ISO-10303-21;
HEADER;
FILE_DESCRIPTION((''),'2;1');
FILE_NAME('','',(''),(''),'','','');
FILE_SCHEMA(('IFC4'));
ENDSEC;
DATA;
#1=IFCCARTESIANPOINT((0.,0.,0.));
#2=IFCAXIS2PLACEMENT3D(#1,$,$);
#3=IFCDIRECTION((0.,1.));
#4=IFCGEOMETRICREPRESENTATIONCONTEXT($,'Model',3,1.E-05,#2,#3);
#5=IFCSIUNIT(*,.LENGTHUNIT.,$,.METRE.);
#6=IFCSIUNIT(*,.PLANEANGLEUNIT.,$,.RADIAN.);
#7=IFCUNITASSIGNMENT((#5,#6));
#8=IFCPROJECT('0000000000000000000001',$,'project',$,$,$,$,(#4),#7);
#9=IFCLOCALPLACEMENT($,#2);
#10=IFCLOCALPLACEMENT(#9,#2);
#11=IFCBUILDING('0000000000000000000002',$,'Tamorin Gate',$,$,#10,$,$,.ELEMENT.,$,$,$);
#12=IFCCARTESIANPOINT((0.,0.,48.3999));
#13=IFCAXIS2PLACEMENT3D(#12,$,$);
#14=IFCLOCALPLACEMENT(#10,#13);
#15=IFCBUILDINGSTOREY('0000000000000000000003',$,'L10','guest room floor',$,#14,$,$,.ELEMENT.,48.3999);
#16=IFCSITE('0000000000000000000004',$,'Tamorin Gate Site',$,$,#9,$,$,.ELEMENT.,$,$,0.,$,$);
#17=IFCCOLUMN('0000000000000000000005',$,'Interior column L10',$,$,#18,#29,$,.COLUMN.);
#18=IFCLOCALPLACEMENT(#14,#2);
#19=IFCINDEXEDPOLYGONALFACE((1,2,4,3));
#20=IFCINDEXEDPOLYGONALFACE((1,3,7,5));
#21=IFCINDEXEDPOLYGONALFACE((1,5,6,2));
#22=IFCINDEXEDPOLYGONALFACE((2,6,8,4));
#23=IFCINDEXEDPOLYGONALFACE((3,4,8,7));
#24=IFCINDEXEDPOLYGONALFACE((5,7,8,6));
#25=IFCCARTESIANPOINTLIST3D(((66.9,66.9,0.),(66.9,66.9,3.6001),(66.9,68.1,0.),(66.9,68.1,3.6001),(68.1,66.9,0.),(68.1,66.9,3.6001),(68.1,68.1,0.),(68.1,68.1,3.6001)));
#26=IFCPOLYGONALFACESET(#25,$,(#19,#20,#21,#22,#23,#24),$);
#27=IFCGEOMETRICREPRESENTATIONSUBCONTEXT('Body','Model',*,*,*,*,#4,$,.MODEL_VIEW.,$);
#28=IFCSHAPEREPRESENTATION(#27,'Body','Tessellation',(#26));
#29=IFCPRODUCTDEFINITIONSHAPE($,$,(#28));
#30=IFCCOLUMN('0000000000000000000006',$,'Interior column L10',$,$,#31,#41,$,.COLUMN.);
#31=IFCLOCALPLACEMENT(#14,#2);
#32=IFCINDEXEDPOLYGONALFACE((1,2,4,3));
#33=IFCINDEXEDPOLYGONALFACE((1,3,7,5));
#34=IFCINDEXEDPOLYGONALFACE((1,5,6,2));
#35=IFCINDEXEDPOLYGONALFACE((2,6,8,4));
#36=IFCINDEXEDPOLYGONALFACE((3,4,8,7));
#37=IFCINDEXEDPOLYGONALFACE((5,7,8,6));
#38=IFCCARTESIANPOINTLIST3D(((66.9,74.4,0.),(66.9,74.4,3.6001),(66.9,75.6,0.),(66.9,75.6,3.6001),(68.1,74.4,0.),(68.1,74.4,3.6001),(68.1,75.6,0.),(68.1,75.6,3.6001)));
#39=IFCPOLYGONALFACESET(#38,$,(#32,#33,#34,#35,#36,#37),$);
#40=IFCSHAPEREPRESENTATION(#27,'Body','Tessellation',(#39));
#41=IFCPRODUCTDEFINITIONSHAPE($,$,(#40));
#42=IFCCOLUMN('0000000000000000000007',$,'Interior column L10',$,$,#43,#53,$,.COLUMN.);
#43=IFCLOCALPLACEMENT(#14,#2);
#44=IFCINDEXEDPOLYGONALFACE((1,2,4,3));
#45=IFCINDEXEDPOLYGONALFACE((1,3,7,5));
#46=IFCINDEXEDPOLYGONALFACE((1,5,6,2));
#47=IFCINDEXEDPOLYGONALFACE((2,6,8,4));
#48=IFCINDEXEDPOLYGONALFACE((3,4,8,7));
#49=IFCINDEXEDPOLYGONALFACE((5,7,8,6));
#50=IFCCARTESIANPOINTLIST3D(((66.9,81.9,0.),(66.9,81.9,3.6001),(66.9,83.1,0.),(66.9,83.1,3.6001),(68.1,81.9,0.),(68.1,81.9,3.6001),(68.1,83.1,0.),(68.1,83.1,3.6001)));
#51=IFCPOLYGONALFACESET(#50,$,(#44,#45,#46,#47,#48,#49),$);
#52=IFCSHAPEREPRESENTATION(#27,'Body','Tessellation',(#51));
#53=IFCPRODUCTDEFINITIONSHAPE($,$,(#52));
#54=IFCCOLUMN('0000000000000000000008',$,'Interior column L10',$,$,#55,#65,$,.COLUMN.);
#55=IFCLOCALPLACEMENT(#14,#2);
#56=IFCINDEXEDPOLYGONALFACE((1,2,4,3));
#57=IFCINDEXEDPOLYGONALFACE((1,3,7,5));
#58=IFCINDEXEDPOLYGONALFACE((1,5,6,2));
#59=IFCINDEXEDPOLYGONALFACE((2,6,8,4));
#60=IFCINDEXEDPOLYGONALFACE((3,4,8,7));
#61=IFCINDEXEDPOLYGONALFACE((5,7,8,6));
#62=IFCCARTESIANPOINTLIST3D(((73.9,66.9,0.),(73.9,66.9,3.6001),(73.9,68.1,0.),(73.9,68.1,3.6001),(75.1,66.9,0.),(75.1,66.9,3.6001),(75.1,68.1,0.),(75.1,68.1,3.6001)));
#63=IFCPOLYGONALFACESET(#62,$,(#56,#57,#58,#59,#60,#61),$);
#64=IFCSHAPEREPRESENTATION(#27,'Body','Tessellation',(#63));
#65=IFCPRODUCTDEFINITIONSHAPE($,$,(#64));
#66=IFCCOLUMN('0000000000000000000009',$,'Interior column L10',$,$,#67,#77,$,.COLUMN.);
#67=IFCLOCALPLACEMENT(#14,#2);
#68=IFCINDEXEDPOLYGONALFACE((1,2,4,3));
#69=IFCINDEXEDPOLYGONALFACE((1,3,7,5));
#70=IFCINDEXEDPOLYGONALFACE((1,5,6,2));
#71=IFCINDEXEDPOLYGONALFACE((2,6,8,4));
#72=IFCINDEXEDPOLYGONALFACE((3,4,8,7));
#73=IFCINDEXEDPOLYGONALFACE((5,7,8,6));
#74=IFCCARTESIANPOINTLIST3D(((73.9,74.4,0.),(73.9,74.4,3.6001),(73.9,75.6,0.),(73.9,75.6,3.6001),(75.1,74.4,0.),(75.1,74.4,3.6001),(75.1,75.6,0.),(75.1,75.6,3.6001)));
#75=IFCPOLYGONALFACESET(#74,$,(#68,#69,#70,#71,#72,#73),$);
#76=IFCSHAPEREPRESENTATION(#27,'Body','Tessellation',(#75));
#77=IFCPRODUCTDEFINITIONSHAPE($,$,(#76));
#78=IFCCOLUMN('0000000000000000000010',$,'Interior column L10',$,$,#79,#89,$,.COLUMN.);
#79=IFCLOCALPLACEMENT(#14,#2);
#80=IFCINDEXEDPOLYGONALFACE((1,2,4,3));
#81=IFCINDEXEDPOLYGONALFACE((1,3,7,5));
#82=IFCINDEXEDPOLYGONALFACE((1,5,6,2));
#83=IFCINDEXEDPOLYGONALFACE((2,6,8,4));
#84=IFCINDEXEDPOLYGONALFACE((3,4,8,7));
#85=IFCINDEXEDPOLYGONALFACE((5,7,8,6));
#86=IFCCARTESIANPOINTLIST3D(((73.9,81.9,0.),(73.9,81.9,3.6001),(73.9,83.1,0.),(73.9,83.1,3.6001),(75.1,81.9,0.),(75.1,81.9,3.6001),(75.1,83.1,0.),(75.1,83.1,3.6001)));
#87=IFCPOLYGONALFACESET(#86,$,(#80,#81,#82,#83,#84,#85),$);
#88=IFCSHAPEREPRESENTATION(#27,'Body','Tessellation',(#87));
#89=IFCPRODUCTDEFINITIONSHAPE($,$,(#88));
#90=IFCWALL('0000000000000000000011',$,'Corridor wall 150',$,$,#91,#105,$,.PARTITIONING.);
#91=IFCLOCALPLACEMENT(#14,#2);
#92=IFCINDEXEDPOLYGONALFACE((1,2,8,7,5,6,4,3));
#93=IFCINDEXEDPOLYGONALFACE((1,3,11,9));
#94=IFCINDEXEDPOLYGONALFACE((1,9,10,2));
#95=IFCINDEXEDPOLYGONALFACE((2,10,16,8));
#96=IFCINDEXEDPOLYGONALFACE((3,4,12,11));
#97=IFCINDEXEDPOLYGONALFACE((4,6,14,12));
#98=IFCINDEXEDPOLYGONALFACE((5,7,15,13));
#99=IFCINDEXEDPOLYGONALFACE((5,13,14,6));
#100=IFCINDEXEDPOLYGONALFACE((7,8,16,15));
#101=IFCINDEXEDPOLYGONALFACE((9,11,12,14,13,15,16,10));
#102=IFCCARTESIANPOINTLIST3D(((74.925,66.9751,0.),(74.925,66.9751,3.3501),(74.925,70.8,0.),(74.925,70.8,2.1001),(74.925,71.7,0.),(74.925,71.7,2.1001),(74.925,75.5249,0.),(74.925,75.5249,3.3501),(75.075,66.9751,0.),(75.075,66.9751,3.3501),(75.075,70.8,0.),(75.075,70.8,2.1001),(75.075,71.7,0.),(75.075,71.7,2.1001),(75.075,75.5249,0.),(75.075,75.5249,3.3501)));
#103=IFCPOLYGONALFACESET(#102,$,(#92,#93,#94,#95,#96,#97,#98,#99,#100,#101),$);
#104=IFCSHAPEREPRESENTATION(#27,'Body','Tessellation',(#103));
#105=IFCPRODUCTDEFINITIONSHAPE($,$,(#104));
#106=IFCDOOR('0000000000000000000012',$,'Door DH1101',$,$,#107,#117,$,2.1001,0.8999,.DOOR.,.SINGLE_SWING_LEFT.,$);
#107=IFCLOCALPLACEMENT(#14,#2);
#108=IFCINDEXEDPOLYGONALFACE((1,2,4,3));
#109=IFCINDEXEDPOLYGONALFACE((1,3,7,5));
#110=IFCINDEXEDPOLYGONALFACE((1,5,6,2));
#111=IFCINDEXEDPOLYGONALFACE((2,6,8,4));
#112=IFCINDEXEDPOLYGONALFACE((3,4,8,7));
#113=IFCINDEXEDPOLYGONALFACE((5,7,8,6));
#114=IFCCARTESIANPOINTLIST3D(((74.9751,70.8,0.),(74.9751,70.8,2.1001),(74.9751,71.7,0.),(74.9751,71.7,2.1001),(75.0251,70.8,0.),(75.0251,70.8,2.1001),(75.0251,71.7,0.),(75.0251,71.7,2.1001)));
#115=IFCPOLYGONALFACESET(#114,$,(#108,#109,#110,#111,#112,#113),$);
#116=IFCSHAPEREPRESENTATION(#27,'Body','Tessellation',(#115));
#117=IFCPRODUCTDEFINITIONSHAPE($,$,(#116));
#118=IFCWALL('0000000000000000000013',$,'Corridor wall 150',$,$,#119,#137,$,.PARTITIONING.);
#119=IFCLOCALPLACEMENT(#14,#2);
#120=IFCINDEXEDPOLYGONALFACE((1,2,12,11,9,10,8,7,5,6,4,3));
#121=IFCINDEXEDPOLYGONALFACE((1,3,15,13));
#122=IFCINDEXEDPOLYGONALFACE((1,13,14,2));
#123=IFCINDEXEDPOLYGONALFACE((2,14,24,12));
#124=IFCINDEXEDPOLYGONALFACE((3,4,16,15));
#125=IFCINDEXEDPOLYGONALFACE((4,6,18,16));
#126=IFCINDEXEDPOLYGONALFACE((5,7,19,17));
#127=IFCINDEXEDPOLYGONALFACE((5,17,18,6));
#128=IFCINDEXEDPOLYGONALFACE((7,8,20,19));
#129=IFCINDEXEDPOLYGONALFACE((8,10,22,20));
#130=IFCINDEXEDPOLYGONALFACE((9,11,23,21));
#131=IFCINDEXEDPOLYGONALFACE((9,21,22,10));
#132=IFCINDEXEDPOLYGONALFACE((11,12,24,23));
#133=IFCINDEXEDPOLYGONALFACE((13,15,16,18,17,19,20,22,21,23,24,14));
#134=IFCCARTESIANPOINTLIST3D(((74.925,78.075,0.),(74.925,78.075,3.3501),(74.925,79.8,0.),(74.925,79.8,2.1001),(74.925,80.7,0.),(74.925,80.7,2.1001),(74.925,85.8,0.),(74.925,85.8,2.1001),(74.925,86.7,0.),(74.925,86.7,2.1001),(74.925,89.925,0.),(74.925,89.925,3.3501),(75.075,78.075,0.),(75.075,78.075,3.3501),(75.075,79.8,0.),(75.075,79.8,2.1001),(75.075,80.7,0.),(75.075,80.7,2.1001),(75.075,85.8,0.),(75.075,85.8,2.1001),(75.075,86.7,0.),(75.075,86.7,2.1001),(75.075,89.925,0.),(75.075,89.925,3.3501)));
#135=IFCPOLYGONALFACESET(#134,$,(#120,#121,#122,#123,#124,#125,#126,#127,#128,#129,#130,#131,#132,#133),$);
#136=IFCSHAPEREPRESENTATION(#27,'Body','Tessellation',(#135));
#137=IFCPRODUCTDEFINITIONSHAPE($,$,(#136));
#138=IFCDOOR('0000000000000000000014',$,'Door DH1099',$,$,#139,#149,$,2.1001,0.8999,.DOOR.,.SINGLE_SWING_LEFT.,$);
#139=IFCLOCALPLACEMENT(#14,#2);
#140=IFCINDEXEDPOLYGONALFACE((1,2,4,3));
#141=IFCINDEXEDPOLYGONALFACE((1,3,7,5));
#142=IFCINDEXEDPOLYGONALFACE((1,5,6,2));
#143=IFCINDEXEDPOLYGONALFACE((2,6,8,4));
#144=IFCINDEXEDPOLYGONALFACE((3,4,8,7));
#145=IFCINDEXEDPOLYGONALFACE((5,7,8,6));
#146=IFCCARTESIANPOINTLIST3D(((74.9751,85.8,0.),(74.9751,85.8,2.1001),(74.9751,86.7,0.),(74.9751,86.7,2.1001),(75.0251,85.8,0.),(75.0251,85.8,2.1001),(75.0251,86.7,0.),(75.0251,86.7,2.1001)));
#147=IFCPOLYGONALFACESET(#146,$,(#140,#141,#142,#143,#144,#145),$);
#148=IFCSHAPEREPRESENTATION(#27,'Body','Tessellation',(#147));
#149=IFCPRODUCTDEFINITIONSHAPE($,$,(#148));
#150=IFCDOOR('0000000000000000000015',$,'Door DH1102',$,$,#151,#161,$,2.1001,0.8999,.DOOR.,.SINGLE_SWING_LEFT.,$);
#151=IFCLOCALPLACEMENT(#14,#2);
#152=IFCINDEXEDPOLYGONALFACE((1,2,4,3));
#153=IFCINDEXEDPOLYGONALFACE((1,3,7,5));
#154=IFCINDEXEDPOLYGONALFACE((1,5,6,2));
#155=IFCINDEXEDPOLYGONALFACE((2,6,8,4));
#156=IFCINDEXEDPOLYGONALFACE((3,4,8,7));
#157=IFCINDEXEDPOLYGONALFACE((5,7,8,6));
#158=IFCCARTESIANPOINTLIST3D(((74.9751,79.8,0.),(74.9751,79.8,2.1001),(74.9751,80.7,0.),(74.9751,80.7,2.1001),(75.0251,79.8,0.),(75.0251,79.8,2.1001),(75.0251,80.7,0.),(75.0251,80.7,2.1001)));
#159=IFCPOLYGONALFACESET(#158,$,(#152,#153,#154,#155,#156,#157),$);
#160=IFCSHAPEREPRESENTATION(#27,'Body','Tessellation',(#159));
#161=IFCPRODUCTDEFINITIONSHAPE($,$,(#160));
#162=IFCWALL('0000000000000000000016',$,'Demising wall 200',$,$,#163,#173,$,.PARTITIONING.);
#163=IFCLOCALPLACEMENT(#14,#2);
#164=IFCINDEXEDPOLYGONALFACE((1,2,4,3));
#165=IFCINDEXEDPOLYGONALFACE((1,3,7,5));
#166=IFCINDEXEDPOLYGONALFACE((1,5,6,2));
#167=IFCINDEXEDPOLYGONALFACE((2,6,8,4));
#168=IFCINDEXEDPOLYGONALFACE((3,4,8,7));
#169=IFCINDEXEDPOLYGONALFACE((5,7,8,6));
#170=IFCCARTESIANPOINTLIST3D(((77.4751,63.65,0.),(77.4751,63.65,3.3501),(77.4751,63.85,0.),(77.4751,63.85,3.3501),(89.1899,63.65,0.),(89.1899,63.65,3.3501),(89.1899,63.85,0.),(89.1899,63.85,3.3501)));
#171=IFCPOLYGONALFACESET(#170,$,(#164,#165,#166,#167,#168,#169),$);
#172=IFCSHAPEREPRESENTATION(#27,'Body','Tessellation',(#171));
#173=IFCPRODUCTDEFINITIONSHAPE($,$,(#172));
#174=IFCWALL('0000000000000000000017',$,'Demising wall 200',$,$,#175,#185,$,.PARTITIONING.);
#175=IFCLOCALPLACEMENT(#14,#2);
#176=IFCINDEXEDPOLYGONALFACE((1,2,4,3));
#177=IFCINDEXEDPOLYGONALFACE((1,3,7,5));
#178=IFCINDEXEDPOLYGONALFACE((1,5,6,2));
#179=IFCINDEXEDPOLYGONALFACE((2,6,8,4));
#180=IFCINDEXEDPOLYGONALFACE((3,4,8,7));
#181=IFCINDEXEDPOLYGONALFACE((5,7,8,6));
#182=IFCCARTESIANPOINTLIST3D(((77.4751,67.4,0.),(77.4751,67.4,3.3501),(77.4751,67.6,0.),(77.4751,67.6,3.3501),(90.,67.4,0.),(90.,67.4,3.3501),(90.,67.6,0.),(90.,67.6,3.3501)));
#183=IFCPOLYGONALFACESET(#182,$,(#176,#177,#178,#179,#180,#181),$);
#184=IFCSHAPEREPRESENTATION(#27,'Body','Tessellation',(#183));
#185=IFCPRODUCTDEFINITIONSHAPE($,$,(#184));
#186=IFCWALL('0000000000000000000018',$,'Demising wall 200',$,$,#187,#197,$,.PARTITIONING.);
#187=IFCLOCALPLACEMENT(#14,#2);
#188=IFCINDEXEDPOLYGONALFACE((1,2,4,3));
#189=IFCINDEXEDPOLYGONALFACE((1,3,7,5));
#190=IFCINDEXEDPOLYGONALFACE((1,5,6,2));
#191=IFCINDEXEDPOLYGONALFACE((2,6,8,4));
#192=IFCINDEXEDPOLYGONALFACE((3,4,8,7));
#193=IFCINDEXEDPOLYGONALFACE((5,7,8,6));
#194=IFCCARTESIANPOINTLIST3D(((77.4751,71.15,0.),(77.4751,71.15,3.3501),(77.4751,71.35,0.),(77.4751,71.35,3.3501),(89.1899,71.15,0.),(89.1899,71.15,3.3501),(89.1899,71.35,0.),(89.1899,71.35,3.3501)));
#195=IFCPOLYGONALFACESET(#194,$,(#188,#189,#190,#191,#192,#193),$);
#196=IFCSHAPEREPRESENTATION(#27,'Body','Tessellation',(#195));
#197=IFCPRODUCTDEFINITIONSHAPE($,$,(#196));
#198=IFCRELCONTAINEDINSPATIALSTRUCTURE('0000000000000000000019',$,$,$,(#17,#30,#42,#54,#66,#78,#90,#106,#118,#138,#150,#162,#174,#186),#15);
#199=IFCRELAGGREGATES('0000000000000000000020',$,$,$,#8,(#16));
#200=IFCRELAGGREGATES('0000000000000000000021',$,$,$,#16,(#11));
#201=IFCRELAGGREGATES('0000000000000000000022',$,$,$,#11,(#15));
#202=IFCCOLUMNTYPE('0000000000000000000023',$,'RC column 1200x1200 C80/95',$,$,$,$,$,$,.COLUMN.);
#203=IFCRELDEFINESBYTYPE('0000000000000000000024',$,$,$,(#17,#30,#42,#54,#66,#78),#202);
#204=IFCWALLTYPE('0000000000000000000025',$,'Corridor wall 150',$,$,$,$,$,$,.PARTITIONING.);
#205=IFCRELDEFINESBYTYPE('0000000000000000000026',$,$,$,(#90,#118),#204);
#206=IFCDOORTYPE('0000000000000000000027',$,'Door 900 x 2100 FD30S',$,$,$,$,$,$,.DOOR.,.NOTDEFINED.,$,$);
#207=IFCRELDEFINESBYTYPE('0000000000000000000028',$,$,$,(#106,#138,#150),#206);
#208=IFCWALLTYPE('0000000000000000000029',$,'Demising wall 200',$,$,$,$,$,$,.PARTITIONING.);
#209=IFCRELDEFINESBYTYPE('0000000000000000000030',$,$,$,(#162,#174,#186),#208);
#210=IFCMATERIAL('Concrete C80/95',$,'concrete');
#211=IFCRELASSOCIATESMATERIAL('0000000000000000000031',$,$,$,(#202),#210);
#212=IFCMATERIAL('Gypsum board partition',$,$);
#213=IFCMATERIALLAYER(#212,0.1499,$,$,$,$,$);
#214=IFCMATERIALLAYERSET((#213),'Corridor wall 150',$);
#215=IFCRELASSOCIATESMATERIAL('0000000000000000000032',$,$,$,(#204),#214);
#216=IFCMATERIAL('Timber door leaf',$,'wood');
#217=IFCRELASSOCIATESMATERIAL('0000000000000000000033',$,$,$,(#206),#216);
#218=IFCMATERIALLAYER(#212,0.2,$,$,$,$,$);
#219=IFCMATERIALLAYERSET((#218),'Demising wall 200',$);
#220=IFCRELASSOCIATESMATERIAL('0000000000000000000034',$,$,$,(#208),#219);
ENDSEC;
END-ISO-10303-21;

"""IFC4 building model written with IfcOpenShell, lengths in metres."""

from ifc_helpers import new_model, si_unit, direction, frame, frame_2d, origin, origin_2d, place, context, subcontext, project, spatial, rectangle, extrude, material, layer, layer_set, material_profile, profile_set, type_object, element, fill, save


model = new_model("IFC4")

# Units and contexts
model_context = context("Model", 3, precision=1e-05, world=origin(), true_north=direction((0.0, 1.0)))
body_context = subcontext(model_context, "Body", "Model", "MODEL_VIEW")
ifc_project = project(units=[si_unit("LENGTHUNIT", "METRE"), si_unit("PLANEANGLEUNIT", "RADIAN")], contexts=[model_context])

# Site, building, storey
site_placement = place(None, origin())
site = spatial("IfcSite", under=ifc_project, at=site_placement, Name="Tamorin Gate Site", CompositionType="ELEMENT", RefElevation=0.0)
building_placement = place(site_placement, origin())
building = spatial("IfcBuilding", under=site, at=building_placement, Name="Tamorin Gate", CompositionType="ELEMENT")
storey_placement = place(building_placement, frame((0.0, 0.0, 48.3999)))
storey = spatial("IfcBuildingStorey", under=building, at=storey_placement, Name="L10", Description="guest room floor", CompositionType="ELEMENT", Elevation=48.3999)

# Columns
ifc_material_1 = material(Name="Concrete C80/95", Category="concrete")
ifc_material_profile = material_profile(ifc_material_1, rectangle(XDim=1.2, YDim=1.2, at=origin_2d()), Name="RC 1200x1200")
ifc_profile_set = profile_set([ifc_material_profile], Name="Concrete C80/95")
column_type = type_object("IfcColumnType", Name="RC column 1200x1200 C80/95", PredefinedType="COLUMN", material=ifc_profile_set)
for number, where, z_axis, x_axis, name in (
    (1, (67.5, 67.5, 0.0), (0.0, 0.0, 1.0), (1.0, 0.0, 0.0), "Interior column L10"),
    (2, (67.5, 75.0, 0.0), (0.0, 0.0, 1.0), (1.0, 0.0, 0.0), "Interior column L10"),
    (3, (67.5, 82.5, 0.0), (0.0, 0.0, 1.0), (1.0, 0.0, 0.0), "Interior column L10"),
    (4, (74.5, 67.5, 0.0), (0.0, 0.0, 1.0), (1.0, 0.0, 0.0), "Interior column L10"),
    (5, (74.5, 75.0, 0.0), (0.0, 0.0, 1.0), (1.0, 0.0, 0.0), "Interior column L10"),
    (6, (74.5, 82.5, 0.0), (0.0, 0.0, 1.0), (1.0, 0.0, 0.0), "Interior column L10"),
):
    element("IfcColumn", number, at=place(storey_placement, frame(where, z_axis=z_axis, x_axis=x_axis)), inside=storey, type_object=column_type, Name=name, PredefinedType="COLUMN", context=body_context, shape_type="SweptSolid", body=[
        extrude(rectangle(XDim=1.2, YDim=1.2, at=origin_2d()), origin(), (0.0, 0.0, 1.0), 3.6001),
    ])

# Wall, opening, door
ifc_material_2 = material(Name="Gypsum board partition")
ifc_layer_1 = layer(ifc_material_2, 0.1499)
ifc_layer_set_1 = layer_set([ifc_layer_1], Name="Corridor wall 150")
wall_type_1 = type_object("IfcWallType", Name="Corridor wall 150", PredefinedType="PARTITIONING", material=ifc_layer_set_1)
wall_1_placement = place(storey_placement, frame((75.0, 66.9751, 0.0), z_axis=(0.0, 0.0, 1.0), x_axis=(0.0, 1.0, 0.0)))
wall_1 = element("IfcWall", 7, at=wall_1_placement, inside=storey, type_object=wall_type_1, Name="Corridor wall 150", PredefinedType="PARTITIONING", context=body_context, shape_type="SweptSolid", body=[
    extrude(rectangle(XDim=8.5498, YDim=0.1499, at=frame_2d((4.2749, 0.0))), origin(), (0.0, 0.0, 1.0), 3.3501),
])
opening_1_placement = place(wall_1_placement, frame((3.825, 0.0, 0.0)))
opening_1 = element("IfcOpeningElement", 8, at=opening_1_placement, cuts=wall_1, PredefinedType="OPENING", context=body_context, shape_type="SweptSolid", body=[
    extrude(rectangle(XDim=0.8999, YDim=2.1001, at=frame_2d((0.45, 1.05))), frame((0.0, 0.085, 0.0), z_axis=(0.0, -1.0, 0.0), x_axis=(1.0, 0.0, 0.0)), (0.0, 0.0, 1.0), 0.1699),
])
ifc_material_3 = material(Name="Timber door leaf", Category="wood")
door_type = type_object("IfcDoorType", Name="Door 900 x 2100 FD30S", OperationType="NOTDEFINED", PredefinedType="DOOR", material=ifc_material_3)
door_1_placement = place(opening_1_placement, origin())
door_1 = element("IfcDoor", 9, at=door_1_placement, inside=storey, type_object=door_type, Name="Door DH1101", OperationType="SINGLE_SWING_LEFT", OverallHeight=2.1001, OverallWidth=0.8999, PredefinedType="DOOR", context=body_context, shape_type="SweptSolid", body=[
    extrude(rectangle(XDim=0.8999, YDim=2.1001, at=frame_2d((0.45, 1.05))), frame((0.0, 0.0249, 0.0), z_axis=(0.0, -1.0, 0.0), x_axis=(1.0, 0.0, 0.0)), (0.0, 0.0, 1.0), 0.05),
])
fill(opening_1, door_1)

# Wall, openings, doors
wall_2_placement = place(storey_placement, frame((75.0, 78.075, 0.0), z_axis=(0.0, 0.0, 1.0), x_axis=(0.0, 1.0, 0.0)))
wall_2 = element("IfcWall", 10, at=wall_2_placement, inside=storey, type_object=wall_type_1, Name="Corridor wall 150", PredefinedType="PARTITIONING", context=body_context, shape_type="SweptSolid", body=[
    extrude(rectangle(XDim=11.8501, YDim=0.1499, at=frame_2d((5.925, 0.0))), origin(), (0.0, 0.0, 1.0), 3.3501),
])
opening_2_placement = place(wall_2_placement, frame((7.7251, 0.0, 0.0)))
opening_2 = element("IfcOpeningElement", 11, at=opening_2_placement, cuts=wall_2, PredefinedType="OPENING", context=body_context, shape_type="SweptSolid", body=[
    extrude(rectangle(XDim=0.8999, YDim=2.1001, at=frame_2d((0.45, 1.05))), frame((0.0, 0.085, 0.0), z_axis=(0.0, -1.0, 0.0), x_axis=(1.0, 0.0, 0.0)), (0.0, 0.0, 1.0), 0.1699),
])
opening_3_placement = place(wall_2_placement, frame((1.7251, 0.0, 0.0)))
opening_3 = element("IfcOpeningElement", 12, at=opening_3_placement, cuts=wall_2, PredefinedType="OPENING", context=body_context, shape_type="SweptSolid", body=[
    extrude(rectangle(XDim=0.8999, YDim=2.1001, at=frame_2d((0.45, 1.05))), frame((0.0, 0.085, 0.0), z_axis=(0.0, -1.0, 0.0), x_axis=(1.0, 0.0, 0.0)), (0.0, 0.0, 1.0), 0.1699),
])
door_2_placement = place(opening_2_placement, origin())
door_2 = element("IfcDoor", 13, at=door_2_placement, inside=storey, type_object=door_type, Name="Door DH1099", OperationType="SINGLE_SWING_LEFT", OverallHeight=2.1001, OverallWidth=0.8999, PredefinedType="DOOR", context=body_context, shape_type="SweptSolid", body=[
    extrude(rectangle(XDim=0.8999, YDim=2.1001, at=frame_2d((0.45, 1.05))), frame((0.0, 0.0249, 0.0), z_axis=(0.0, -1.0, 0.0), x_axis=(1.0, 0.0, 0.0)), (0.0, 0.0, 1.0), 0.05),
])
fill(opening_2, door_2)
door_3_placement = place(opening_3_placement, origin())
door_3 = element("IfcDoor", 14, at=door_3_placement, inside=storey, type_object=door_type, Name="Door DH1102", OperationType="SINGLE_SWING_LEFT", OverallHeight=2.1001, OverallWidth=0.8999, PredefinedType="DOOR", context=body_context, shape_type="SweptSolid", body=[
    extrude(rectangle(XDim=0.8999, YDim=2.1001, at=frame_2d((0.45, 1.05))), frame((0.0, 0.0249, 0.0), z_axis=(0.0, -1.0, 0.0), x_axis=(1.0, 0.0, 0.0)), (0.0, 0.0, 1.0), 0.05),
])
fill(opening_3, door_3)

# Walls
ifc_layer_2 = layer(ifc_material_2, 0.2)
ifc_layer_set_2 = layer_set([ifc_layer_2], Name="Demising wall 200")
wall_type_2 = type_object("IfcWallType", Name="Demising wall 200", PredefinedType="PARTITIONING", material=ifc_layer_set_2)
wall_3_placement = place(storey_placement, frame((77.4751, 63.75, 0.0), z_axis=(0.0, 0.0, 1.0), x_axis=(1.0, 0.0, 0.0)))
element("IfcWall", 15, at=wall_3_placement, inside=storey, type_object=wall_type_2, Name="Demising wall 200", PredefinedType="PARTITIONING", context=body_context, shape_type="SweptSolid", body=[
    extrude(rectangle(XDim=11.7148, YDim=0.2, at=frame_2d((5.8574, 0.0))), origin(), (0.0, 0.0, 1.0), 3.3501),
])
wall_4_placement = place(storey_placement, frame((77.4751, 67.5, 0.0), z_axis=(0.0, 0.0, 1.0), x_axis=(1.0, 0.0, 0.0)))
element("IfcWall", 16, at=wall_4_placement, inside=storey, type_object=wall_type_2, Name="Demising wall 200", PredefinedType="PARTITIONING", context=body_context, shape_type="SweptSolid", body=[
    extrude(rectangle(XDim=12.5249, YDim=0.2, at=frame_2d((6.2625, 0.0))), origin(), (0.0, 0.0, 1.0), 3.3501),
])
wall_5_placement = place(storey_placement, frame((77.4751, 71.25, 0.0), z_axis=(0.0, 0.0, 1.0), x_axis=(1.0, 0.0, 0.0)))
element("IfcWall", 17, at=wall_5_placement, inside=storey, type_object=wall_type_2, Name="Demising wall 200", PredefinedType="PARTITIONING", context=body_context, shape_type="SweptSolid", body=[
    extrude(rectangle(XDim=11.7148, YDim=0.2, at=frame_2d((5.8574, 0.0))), origin(), (0.0, 0.0, 1.0), 3.3501),
])

save(model, "model.ifc")
